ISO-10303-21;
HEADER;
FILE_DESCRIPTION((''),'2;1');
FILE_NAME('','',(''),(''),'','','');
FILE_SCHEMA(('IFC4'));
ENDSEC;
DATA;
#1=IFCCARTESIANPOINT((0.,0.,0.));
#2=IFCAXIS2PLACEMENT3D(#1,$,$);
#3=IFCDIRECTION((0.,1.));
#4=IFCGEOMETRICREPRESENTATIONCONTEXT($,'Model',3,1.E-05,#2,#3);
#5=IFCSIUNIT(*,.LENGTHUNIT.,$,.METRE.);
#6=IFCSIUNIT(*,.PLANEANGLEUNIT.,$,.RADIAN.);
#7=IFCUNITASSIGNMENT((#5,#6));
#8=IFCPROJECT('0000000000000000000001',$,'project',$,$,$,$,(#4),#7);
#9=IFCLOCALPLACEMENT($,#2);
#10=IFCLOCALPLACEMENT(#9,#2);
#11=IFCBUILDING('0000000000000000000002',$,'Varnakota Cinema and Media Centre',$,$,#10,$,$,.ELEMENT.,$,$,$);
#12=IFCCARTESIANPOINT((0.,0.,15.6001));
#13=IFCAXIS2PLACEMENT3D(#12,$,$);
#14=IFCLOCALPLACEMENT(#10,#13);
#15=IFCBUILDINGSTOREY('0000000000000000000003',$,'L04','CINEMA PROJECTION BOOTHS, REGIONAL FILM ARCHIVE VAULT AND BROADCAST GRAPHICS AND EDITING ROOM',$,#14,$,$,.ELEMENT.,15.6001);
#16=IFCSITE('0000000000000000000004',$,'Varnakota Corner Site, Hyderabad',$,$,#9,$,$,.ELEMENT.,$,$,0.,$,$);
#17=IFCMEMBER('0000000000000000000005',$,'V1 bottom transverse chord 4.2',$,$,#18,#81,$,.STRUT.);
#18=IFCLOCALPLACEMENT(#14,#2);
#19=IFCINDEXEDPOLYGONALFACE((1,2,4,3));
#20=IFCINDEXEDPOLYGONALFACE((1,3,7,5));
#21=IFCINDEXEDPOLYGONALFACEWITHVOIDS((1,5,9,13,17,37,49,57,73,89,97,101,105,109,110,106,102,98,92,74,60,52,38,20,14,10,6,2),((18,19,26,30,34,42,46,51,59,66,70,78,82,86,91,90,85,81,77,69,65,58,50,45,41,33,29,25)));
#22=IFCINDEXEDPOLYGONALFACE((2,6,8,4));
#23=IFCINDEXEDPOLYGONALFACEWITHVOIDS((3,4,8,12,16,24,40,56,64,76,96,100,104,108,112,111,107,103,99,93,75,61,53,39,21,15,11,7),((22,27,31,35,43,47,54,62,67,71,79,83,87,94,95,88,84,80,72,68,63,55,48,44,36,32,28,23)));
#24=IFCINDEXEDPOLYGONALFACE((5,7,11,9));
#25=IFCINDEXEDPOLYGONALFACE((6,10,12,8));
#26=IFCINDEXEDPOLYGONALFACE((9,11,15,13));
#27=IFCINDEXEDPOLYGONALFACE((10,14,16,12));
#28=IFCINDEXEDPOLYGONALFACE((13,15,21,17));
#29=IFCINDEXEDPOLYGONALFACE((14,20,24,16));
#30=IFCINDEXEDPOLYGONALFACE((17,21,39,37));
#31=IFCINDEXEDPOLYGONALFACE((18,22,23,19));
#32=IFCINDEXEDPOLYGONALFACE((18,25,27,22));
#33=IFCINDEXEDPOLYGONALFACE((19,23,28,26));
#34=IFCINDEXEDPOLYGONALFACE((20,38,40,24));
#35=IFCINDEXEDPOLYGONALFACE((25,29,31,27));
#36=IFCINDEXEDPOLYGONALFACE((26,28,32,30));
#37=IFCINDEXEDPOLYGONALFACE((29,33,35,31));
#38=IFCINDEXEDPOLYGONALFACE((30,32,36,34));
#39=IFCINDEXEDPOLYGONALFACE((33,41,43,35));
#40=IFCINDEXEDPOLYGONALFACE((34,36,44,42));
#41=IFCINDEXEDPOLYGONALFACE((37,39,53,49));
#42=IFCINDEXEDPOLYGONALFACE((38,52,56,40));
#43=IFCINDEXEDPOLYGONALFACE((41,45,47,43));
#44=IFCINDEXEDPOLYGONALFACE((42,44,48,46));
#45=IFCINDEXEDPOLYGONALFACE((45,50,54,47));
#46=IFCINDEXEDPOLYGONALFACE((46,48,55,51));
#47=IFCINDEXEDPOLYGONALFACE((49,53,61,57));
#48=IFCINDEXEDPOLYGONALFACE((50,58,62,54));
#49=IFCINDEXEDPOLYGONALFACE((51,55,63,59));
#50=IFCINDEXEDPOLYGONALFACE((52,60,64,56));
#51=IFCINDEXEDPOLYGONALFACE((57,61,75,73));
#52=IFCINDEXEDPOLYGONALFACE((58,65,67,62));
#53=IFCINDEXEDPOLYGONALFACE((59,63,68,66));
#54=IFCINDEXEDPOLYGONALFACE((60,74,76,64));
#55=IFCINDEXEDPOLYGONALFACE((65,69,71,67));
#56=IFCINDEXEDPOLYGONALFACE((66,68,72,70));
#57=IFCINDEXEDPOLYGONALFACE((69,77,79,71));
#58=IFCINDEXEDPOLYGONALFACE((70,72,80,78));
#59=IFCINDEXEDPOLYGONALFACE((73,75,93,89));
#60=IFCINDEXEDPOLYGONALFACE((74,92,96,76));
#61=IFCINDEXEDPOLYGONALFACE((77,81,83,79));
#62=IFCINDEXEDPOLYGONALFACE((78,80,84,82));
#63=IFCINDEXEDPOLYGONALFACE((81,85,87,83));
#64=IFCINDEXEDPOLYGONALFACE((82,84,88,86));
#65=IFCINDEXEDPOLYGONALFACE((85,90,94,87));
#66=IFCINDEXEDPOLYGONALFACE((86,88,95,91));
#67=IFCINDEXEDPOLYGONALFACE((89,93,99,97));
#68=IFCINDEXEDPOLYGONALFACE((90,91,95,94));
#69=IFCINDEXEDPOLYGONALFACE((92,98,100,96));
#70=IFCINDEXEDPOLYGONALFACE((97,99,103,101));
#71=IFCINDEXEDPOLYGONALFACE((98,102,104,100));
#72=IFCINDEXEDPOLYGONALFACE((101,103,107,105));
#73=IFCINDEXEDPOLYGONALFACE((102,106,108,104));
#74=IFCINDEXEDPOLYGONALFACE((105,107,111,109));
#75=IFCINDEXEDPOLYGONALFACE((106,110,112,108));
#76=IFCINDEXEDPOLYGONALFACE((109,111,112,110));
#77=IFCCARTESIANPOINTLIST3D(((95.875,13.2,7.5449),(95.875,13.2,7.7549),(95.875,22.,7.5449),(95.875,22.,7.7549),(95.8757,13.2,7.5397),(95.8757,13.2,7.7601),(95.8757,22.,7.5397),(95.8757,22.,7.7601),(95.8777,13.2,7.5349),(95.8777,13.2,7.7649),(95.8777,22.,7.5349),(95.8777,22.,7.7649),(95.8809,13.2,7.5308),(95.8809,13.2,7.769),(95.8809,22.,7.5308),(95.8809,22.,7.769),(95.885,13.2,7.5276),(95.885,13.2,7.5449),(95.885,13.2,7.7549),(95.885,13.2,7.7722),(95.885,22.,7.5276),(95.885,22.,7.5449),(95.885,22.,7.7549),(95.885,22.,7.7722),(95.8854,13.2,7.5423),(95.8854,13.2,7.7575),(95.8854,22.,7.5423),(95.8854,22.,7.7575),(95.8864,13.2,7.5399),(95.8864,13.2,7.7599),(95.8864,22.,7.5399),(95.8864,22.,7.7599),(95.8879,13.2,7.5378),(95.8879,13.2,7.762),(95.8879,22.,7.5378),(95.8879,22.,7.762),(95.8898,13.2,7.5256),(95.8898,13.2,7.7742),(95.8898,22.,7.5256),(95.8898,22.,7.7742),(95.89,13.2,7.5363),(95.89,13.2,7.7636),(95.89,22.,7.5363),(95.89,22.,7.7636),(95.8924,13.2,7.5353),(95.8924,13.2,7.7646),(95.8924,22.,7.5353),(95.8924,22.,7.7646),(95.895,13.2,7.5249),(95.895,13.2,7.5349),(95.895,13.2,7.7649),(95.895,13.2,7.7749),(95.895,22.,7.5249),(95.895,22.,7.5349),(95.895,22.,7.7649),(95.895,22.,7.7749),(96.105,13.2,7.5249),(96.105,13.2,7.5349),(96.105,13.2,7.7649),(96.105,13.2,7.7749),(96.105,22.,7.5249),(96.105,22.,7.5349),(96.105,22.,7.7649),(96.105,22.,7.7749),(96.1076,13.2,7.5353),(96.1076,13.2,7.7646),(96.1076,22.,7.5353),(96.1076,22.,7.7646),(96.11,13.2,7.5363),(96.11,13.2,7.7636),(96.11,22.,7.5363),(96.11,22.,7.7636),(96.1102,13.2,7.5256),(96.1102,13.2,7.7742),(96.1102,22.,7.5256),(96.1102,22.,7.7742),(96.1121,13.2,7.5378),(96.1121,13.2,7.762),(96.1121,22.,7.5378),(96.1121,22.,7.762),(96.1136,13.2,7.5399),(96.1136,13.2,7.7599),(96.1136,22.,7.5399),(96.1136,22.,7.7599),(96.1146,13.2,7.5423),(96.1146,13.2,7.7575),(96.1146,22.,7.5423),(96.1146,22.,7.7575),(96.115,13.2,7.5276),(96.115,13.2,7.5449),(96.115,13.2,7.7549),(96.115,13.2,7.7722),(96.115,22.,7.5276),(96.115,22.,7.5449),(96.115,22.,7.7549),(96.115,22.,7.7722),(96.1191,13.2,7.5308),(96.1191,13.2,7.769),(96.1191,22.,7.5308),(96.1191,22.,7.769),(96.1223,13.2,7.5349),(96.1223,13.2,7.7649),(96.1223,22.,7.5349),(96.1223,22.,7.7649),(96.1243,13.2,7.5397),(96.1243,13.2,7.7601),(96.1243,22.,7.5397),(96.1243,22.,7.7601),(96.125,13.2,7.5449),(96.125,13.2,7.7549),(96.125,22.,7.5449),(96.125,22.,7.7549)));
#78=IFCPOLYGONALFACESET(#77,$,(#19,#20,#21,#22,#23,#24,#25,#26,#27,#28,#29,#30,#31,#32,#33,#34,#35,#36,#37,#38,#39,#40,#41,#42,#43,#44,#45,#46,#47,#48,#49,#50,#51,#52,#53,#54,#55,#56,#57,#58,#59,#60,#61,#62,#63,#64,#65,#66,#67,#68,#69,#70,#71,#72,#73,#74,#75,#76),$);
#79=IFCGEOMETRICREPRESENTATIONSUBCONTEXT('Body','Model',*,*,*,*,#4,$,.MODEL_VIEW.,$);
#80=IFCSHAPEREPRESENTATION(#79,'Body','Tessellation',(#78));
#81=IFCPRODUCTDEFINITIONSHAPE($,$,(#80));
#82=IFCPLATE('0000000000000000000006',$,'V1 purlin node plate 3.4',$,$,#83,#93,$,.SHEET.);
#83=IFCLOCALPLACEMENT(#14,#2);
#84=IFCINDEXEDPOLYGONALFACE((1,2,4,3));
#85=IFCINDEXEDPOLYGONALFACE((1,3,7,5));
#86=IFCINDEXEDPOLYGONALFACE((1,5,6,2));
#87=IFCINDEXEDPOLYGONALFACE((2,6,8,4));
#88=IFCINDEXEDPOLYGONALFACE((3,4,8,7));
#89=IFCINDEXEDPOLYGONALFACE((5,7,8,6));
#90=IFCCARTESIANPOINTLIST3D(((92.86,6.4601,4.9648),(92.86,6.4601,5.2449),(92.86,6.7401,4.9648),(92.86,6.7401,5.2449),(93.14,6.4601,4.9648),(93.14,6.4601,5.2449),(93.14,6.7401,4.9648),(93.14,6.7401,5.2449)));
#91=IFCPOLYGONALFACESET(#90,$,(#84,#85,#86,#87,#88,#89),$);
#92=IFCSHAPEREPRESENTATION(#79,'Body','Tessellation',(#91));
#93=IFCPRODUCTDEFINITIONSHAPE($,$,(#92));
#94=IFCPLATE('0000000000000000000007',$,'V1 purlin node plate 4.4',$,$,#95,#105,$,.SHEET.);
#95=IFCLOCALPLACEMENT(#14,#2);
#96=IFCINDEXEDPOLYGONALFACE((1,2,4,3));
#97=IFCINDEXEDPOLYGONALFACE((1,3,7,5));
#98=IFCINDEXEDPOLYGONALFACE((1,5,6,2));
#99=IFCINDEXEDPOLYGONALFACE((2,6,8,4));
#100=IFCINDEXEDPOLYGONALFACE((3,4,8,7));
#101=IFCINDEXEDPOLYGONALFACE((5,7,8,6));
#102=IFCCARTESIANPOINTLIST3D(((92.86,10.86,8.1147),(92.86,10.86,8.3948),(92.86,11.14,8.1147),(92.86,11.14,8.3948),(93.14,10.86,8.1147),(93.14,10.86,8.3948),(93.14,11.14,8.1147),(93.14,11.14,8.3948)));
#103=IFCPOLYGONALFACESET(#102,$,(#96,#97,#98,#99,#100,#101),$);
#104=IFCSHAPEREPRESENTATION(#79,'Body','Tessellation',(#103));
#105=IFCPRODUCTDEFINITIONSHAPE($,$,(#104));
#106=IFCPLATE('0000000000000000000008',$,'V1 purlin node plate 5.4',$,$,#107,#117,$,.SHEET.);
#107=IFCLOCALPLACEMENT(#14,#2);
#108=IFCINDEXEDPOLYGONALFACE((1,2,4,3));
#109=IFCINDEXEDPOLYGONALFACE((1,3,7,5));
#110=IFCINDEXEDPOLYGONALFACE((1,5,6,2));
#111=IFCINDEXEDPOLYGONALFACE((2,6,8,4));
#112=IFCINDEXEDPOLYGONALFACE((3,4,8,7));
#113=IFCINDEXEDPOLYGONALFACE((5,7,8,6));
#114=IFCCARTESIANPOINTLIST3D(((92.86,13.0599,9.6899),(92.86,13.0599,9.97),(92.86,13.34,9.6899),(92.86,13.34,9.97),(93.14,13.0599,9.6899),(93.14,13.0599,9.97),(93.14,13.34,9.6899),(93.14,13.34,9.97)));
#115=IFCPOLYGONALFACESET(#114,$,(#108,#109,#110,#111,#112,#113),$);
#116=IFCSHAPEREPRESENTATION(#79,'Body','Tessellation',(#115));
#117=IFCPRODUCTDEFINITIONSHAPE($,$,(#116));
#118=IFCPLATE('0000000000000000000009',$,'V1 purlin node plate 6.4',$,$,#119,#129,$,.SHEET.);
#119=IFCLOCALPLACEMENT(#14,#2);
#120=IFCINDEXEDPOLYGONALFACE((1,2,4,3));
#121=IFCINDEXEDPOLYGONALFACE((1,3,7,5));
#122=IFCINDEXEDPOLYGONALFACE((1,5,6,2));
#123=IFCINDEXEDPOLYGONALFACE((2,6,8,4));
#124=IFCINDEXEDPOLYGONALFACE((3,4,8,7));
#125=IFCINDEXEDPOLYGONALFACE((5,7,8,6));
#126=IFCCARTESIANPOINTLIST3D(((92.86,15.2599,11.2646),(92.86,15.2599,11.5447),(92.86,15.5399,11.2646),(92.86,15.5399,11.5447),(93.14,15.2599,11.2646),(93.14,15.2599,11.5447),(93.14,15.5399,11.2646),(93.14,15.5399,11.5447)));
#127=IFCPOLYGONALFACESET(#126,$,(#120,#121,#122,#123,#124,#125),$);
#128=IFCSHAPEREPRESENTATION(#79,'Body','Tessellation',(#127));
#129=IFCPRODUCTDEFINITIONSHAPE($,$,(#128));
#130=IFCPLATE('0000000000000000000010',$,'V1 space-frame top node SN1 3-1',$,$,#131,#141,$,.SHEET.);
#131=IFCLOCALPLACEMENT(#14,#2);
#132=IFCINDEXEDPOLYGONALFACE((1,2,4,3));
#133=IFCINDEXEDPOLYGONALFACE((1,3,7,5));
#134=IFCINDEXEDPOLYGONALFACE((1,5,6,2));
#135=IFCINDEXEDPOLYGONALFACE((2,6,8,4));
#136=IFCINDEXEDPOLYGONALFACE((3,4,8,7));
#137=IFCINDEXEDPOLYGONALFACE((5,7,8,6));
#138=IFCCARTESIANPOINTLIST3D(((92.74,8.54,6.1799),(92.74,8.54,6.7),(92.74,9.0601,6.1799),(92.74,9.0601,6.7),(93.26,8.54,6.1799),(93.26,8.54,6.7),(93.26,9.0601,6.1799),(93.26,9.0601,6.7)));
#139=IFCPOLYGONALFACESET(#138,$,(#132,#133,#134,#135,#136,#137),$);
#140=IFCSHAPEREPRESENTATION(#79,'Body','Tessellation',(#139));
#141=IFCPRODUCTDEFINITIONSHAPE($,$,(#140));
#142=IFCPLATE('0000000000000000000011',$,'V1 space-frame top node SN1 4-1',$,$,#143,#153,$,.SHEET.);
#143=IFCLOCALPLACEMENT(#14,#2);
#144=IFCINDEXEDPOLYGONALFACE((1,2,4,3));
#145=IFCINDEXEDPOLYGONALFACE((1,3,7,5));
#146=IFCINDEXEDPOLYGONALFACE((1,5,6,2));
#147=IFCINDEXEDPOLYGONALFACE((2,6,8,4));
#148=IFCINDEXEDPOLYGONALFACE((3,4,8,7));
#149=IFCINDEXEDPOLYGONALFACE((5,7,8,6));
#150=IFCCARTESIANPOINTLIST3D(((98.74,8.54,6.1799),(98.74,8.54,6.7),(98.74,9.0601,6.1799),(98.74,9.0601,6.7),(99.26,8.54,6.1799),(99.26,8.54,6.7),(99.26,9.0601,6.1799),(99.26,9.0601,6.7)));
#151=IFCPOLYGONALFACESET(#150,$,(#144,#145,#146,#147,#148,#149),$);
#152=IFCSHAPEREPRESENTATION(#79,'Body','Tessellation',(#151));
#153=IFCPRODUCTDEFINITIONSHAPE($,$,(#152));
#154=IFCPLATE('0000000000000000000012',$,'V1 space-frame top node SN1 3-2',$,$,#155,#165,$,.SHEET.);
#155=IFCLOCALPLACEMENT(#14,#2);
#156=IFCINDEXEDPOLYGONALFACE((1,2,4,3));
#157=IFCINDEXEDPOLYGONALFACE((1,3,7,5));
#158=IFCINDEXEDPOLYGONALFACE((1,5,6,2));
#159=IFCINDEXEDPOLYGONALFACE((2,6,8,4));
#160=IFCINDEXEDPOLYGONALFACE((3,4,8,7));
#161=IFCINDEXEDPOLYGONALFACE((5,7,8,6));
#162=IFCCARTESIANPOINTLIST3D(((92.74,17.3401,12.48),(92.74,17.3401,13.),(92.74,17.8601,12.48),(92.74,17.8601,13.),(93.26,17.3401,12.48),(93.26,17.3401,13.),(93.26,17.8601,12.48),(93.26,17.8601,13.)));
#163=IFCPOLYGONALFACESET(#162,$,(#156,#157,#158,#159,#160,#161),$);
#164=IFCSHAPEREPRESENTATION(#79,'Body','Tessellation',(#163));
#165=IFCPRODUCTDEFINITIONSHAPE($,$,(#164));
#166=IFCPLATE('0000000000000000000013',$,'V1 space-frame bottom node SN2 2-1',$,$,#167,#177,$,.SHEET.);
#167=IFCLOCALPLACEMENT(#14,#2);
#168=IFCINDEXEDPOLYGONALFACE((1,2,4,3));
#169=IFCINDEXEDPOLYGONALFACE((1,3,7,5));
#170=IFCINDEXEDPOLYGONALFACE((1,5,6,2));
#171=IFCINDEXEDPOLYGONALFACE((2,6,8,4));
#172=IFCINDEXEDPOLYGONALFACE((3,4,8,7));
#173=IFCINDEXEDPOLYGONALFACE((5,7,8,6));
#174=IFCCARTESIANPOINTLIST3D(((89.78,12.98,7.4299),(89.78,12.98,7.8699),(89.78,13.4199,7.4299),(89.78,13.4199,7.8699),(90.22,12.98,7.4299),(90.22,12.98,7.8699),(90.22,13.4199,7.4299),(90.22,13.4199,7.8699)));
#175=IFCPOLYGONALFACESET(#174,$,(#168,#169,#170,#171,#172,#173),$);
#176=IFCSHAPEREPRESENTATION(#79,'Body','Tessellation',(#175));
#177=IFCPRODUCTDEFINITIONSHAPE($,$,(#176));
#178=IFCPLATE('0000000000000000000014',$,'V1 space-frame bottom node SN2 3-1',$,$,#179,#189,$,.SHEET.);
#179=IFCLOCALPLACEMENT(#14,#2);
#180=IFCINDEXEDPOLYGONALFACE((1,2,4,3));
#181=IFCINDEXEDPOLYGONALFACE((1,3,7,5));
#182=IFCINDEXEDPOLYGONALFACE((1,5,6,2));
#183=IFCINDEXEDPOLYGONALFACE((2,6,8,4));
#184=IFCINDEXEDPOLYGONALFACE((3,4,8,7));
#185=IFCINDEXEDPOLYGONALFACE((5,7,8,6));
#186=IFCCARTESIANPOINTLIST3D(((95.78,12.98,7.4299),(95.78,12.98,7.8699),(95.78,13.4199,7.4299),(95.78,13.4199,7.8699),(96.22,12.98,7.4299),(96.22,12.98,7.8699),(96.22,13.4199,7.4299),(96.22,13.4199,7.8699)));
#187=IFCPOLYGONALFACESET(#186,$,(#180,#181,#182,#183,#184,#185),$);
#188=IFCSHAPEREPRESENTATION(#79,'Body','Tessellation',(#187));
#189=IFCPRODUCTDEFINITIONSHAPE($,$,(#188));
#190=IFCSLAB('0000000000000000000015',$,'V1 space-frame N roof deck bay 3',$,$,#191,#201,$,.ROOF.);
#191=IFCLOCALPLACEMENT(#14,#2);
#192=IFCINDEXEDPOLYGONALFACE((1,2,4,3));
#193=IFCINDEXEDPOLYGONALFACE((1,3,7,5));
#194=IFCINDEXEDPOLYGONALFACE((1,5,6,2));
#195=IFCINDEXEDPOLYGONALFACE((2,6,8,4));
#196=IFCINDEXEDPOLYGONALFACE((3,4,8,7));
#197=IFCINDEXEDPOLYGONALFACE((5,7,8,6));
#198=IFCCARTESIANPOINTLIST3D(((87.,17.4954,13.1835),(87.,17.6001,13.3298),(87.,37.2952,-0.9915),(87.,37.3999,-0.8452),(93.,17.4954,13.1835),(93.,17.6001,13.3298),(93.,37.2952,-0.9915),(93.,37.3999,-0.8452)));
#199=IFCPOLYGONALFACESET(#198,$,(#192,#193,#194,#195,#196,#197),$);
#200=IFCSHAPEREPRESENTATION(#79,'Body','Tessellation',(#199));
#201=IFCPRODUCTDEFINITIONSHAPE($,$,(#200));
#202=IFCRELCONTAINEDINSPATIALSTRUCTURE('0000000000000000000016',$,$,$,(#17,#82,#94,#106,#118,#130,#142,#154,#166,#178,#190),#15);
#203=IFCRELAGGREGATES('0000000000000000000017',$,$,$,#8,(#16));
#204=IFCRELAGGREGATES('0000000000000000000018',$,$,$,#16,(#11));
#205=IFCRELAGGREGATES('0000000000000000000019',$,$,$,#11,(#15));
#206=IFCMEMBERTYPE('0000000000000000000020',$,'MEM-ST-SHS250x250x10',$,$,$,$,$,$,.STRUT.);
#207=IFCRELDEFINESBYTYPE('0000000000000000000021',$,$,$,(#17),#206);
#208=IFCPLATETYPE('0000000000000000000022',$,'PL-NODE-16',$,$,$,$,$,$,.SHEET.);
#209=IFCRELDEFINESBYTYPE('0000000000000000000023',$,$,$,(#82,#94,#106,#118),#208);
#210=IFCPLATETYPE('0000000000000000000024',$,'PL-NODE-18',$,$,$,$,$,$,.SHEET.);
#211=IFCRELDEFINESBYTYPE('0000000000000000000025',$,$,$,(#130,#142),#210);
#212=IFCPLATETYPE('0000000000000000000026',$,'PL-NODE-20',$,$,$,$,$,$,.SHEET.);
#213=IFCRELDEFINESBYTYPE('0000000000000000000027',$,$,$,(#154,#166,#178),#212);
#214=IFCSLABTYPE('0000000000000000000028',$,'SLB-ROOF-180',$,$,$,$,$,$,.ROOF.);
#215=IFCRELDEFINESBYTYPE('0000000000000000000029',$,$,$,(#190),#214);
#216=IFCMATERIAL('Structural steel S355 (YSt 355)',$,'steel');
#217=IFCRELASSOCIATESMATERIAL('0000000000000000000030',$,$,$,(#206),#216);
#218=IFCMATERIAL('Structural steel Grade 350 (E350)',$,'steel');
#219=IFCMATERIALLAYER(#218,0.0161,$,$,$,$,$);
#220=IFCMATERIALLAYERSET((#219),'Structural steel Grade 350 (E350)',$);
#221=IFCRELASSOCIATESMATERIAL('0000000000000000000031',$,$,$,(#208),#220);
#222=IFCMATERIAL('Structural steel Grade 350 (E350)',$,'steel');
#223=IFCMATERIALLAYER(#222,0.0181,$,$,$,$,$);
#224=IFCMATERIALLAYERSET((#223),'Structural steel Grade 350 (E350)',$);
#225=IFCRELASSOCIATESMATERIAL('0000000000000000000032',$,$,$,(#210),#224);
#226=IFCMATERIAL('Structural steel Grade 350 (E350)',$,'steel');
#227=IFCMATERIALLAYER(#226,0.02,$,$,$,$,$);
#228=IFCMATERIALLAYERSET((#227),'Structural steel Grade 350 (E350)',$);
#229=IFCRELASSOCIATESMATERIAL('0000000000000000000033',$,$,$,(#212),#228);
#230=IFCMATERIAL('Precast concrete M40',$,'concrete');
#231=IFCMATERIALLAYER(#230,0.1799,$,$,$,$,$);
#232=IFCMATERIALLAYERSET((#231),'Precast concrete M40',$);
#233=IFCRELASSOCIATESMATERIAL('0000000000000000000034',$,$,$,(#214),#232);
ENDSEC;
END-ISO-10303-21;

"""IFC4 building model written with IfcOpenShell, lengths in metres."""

from ifc_helpers import new_model, si_unit, direction, frame, origin, origin_2d, place, context, subcontext, project, spatial, polyline, rectangle, hollow_rectangle, outline, extrude, material, layer, layer_set, material_profile, profile_set, type_object, element, save


model = new_model("IFC4")

# Units and contexts
model_context = context("Model", 3, precision=1e-05, world=origin(), true_north=direction((0.0, 1.0)))
body_context = subcontext(model_context, "Body", "Model", "MODEL_VIEW")
ifc_project = project(units=[si_unit("LENGTHUNIT", "METRE"), si_unit("PLANEANGLEUNIT", "RADIAN")], contexts=[model_context])

# Site, building, storey
site_placement = place(None, origin())
site = spatial("IfcSite", under=ifc_project, at=site_placement, Name="Varnakota Corner Site, Hyderabad", CompositionType="ELEMENT", RefElevation=0.0)
building_placement = place(site_placement, origin())
building = spatial("IfcBuilding", under=site, at=building_placement, Name="Varnakota Cinema and Media Centre", CompositionType="ELEMENT")
storey_placement = place(building_placement, frame((0.0, 0.0, 15.6001)))
storey = spatial("IfcBuildingStorey", under=building, at=storey_placement, Name="L04", Description="CINEMA PROJECTION BOOTHS, REGIONAL FILM ARCHIVE VAULT AND BROADCAST GRAPHICS AND EDITING ROOM", CompositionType="ELEMENT", Elevation=15.6001)

# Member
ifc_material_1 = material(Name="Structural steel S355 (YSt 355)", Category="steel")
ifc_material_profile_1 = material_profile(ifc_material_1, hollow_rectangle(XDim=0.25, YDim=0.25, WallThickness=0.01, InnerFilletRadius=0.01, OuterFilletRadius=0.02, at=origin_2d()), Name="SHS 250x250x10")
ifc_profile_set_1 = profile_set([ifc_material_profile_1], Name="Structural steel S355 (YSt 355)")
member_type_1 = type_object("IfcMemberType", Name="MEM-ST-SHS250x250x10", PredefinedType="STRUT", material=ifc_profile_set_1)
for number, where, z_axis, x_axis, name in (
    (1, (96.0, 13.2, 7.6499), (0.0, 1.0, 0.0), (-1.0, 0.0, 0.0), "V1 bottom transverse chord 4.2"),
):
    element("IfcMember", number, at=place(storey_placement, frame(where, z_axis=z_axis, x_axis=x_axis)), inside=storey, type_object=member_type_1, Name=name, PredefinedType="STRUT", context=body_context, shape_type="SweptSolid", body=[
        extrude(hollow_rectangle(XDim=0.25, YDim=0.25, WallThickness=0.01, InnerFilletRadius=0.01, OuterFilletRadius=0.02, at=origin_2d()), origin(), (0.0, 0.0, 1.0), 8.8),
    ])

# Plates
ifc_material_2 = material(Name="Structural steel Grade 350 (E350)", Category="steel")
ifc_layer_1 = layer(ifc_material_2, 0.0161)
ifc_layer_set_1 = layer_set([ifc_layer_1], Name="Structural steel Grade 350 (E350)")
plate_type_1 = type_object("IfcPlateType", Name="PL-NODE-16", PredefinedType="SHEET", material=ifc_layer_set_1)
for number, where, z_axis, x_axis, name in (
    (2, (93.0, 6.6001, 4.9648), (0.0, 0.0, 1.0), (1.0, 0.0, 0.0), "V1 purlin node plate 3.4"),
    (3, (93.0, 11.0, 8.1147), (0.0, 0.0, 1.0), (1.0, 0.0, 0.0), "V1 purlin node plate 4.4"),
    (4, (93.0, 13.2, 9.6899), (0.0, 0.0, 1.0), (1.0, 0.0, 0.0), "V1 purlin node plate 5.4"),
    (5, (93.0, 15.3999, 11.2646), (0.0, 0.0, 1.0), (1.0, 0.0, 0.0), "V1 purlin node plate 6.4"),
):
    element("IfcPlate", number, at=place(storey_placement, frame(where, z_axis=z_axis, x_axis=x_axis)), inside=storey, type_object=plate_type_1, Name=name, PredefinedType="SHEET", context=body_context, shape_type="SweptSolid", body=[
        extrude(rectangle(XDim=0.28, YDim=0.28, at=origin_2d()), origin(), (0.0, 0.0, 1.0), 0.28),
    ])
ifc_material_3 = material(Name="Structural steel Grade 350 (E350)", Category="steel")
ifc_layer_2 = layer(ifc_material_3, 0.0181)
ifc_layer_set_2 = layer_set([ifc_layer_2], Name="Structural steel Grade 350 (E350)")
plate_type_2 = type_object("IfcPlateType", Name="PL-NODE-18", PredefinedType="SHEET", material=ifc_layer_set_2)
for number, where, z_axis, x_axis, name in (
    (6, (93.0, 8.8, 6.1799), (0.0, 0.0, 1.0), (1.0, 0.0, 0.0), "V1 space-frame top node SN1 3-1"),
    (7, (99.0, 8.8, 6.1799), (0.0, 0.0, 1.0), (1.0, 0.0, 0.0), "V1 space-frame top node SN1 4-1"),
):
    element("IfcPlate", number, at=place(storey_placement, frame(where, z_axis=z_axis, x_axis=x_axis)), inside=storey, type_object=plate_type_2, Name=name, PredefinedType="SHEET", context=body_context, shape_type="SweptSolid", body=[
        extrude(rectangle(XDim=0.52, YDim=0.52, at=origin_2d()), origin(), (0.0, 0.0, 1.0), 0.52),
    ])
ifc_material_4 = material(Name="Structural steel Grade 350 (E350)", Category="steel")
ifc_layer_3 = layer(ifc_material_4, 0.02)
ifc_layer_set_3 = layer_set([ifc_layer_3], Name="Structural steel Grade 350 (E350)")
plate_type_3 = type_object("IfcPlateType", Name="PL-NODE-20", PredefinedType="SHEET", material=ifc_layer_set_3)
plate_placement = place(storey_placement, frame((93.0, 17.6001, 12.48), z_axis=(0.0, 0.0, 1.0), x_axis=(1.0, 0.0, 0.0)))
element("IfcPlate", 8, at=plate_placement, inside=storey, type_object=plate_type_3, Name="V1 space-frame top node SN1 3-2", PredefinedType="SHEET", context=body_context, shape_type="SweptSolid", body=[
    extrude(rectangle(XDim=0.52, YDim=0.52, at=origin_2d()), origin(), (0.0, 0.0, 1.0), 0.52),
])
for number, where, z_axis, x_axis, name in (
    (9, (90.0, 13.2, 7.4299), (0.0, 0.0, 1.0), (1.0, 0.0, 0.0), "V1 space-frame bottom node SN2 2-1"),
    (10, (96.0, 13.2, 7.4299), (0.0, 0.0, 1.0), (1.0, 0.0, 0.0), "V1 space-frame bottom node SN2 3-1"),
):
    element("IfcPlate", number, at=place(storey_placement, frame(where, z_axis=z_axis, x_axis=x_axis)), inside=storey, type_object=plate_type_3, Name=name, PredefinedType="SHEET", context=body_context, shape_type="SweptSolid", body=[
        extrude(rectangle(XDim=0.4399, YDim=0.4399, at=origin_2d()), origin(), (0.0, 0.0, 1.0), 0.4399),
    ])

# Slab
ifc_material_5 = material(Name="Precast concrete M40", Category="concrete")
ifc_layer_4 = layer(ifc_material_5, 0.1799)
ifc_layer_set_4 = layer_set([ifc_layer_4], Name="Precast concrete M40")
slab_type = type_object("IfcSlabType", Name="SLB-ROOF-180", PredefinedType="ROOF", material=ifc_layer_set_4)
for number, where, z_axis, x_axis, name in (
    (11, (87.0, 17.6001, 13.3298), (0.0, 0.582117, 0.813105), (1.0, 0.0, 0.0), "V1 space-frame N roof deck bay 3"),
):
    element("IfcSlab", number, at=place(storey_placement, frame(where, z_axis=z_axis, x_axis=x_axis)), inside=storey, type_object=slab_type, Name=name, PredefinedType="ROOF", context=body_context, shape_type="SweptSolid", body=[
        extrude(outline(polyline([(0.0, 0.0), (6.0, 0.0), (6.0, 24.3509), (0.0, 24.3509), (0.0, 0.0)])), origin(), (0.0, 0.0, -1.0), 0.1799),
    ])

save(model, "model.ifc")
